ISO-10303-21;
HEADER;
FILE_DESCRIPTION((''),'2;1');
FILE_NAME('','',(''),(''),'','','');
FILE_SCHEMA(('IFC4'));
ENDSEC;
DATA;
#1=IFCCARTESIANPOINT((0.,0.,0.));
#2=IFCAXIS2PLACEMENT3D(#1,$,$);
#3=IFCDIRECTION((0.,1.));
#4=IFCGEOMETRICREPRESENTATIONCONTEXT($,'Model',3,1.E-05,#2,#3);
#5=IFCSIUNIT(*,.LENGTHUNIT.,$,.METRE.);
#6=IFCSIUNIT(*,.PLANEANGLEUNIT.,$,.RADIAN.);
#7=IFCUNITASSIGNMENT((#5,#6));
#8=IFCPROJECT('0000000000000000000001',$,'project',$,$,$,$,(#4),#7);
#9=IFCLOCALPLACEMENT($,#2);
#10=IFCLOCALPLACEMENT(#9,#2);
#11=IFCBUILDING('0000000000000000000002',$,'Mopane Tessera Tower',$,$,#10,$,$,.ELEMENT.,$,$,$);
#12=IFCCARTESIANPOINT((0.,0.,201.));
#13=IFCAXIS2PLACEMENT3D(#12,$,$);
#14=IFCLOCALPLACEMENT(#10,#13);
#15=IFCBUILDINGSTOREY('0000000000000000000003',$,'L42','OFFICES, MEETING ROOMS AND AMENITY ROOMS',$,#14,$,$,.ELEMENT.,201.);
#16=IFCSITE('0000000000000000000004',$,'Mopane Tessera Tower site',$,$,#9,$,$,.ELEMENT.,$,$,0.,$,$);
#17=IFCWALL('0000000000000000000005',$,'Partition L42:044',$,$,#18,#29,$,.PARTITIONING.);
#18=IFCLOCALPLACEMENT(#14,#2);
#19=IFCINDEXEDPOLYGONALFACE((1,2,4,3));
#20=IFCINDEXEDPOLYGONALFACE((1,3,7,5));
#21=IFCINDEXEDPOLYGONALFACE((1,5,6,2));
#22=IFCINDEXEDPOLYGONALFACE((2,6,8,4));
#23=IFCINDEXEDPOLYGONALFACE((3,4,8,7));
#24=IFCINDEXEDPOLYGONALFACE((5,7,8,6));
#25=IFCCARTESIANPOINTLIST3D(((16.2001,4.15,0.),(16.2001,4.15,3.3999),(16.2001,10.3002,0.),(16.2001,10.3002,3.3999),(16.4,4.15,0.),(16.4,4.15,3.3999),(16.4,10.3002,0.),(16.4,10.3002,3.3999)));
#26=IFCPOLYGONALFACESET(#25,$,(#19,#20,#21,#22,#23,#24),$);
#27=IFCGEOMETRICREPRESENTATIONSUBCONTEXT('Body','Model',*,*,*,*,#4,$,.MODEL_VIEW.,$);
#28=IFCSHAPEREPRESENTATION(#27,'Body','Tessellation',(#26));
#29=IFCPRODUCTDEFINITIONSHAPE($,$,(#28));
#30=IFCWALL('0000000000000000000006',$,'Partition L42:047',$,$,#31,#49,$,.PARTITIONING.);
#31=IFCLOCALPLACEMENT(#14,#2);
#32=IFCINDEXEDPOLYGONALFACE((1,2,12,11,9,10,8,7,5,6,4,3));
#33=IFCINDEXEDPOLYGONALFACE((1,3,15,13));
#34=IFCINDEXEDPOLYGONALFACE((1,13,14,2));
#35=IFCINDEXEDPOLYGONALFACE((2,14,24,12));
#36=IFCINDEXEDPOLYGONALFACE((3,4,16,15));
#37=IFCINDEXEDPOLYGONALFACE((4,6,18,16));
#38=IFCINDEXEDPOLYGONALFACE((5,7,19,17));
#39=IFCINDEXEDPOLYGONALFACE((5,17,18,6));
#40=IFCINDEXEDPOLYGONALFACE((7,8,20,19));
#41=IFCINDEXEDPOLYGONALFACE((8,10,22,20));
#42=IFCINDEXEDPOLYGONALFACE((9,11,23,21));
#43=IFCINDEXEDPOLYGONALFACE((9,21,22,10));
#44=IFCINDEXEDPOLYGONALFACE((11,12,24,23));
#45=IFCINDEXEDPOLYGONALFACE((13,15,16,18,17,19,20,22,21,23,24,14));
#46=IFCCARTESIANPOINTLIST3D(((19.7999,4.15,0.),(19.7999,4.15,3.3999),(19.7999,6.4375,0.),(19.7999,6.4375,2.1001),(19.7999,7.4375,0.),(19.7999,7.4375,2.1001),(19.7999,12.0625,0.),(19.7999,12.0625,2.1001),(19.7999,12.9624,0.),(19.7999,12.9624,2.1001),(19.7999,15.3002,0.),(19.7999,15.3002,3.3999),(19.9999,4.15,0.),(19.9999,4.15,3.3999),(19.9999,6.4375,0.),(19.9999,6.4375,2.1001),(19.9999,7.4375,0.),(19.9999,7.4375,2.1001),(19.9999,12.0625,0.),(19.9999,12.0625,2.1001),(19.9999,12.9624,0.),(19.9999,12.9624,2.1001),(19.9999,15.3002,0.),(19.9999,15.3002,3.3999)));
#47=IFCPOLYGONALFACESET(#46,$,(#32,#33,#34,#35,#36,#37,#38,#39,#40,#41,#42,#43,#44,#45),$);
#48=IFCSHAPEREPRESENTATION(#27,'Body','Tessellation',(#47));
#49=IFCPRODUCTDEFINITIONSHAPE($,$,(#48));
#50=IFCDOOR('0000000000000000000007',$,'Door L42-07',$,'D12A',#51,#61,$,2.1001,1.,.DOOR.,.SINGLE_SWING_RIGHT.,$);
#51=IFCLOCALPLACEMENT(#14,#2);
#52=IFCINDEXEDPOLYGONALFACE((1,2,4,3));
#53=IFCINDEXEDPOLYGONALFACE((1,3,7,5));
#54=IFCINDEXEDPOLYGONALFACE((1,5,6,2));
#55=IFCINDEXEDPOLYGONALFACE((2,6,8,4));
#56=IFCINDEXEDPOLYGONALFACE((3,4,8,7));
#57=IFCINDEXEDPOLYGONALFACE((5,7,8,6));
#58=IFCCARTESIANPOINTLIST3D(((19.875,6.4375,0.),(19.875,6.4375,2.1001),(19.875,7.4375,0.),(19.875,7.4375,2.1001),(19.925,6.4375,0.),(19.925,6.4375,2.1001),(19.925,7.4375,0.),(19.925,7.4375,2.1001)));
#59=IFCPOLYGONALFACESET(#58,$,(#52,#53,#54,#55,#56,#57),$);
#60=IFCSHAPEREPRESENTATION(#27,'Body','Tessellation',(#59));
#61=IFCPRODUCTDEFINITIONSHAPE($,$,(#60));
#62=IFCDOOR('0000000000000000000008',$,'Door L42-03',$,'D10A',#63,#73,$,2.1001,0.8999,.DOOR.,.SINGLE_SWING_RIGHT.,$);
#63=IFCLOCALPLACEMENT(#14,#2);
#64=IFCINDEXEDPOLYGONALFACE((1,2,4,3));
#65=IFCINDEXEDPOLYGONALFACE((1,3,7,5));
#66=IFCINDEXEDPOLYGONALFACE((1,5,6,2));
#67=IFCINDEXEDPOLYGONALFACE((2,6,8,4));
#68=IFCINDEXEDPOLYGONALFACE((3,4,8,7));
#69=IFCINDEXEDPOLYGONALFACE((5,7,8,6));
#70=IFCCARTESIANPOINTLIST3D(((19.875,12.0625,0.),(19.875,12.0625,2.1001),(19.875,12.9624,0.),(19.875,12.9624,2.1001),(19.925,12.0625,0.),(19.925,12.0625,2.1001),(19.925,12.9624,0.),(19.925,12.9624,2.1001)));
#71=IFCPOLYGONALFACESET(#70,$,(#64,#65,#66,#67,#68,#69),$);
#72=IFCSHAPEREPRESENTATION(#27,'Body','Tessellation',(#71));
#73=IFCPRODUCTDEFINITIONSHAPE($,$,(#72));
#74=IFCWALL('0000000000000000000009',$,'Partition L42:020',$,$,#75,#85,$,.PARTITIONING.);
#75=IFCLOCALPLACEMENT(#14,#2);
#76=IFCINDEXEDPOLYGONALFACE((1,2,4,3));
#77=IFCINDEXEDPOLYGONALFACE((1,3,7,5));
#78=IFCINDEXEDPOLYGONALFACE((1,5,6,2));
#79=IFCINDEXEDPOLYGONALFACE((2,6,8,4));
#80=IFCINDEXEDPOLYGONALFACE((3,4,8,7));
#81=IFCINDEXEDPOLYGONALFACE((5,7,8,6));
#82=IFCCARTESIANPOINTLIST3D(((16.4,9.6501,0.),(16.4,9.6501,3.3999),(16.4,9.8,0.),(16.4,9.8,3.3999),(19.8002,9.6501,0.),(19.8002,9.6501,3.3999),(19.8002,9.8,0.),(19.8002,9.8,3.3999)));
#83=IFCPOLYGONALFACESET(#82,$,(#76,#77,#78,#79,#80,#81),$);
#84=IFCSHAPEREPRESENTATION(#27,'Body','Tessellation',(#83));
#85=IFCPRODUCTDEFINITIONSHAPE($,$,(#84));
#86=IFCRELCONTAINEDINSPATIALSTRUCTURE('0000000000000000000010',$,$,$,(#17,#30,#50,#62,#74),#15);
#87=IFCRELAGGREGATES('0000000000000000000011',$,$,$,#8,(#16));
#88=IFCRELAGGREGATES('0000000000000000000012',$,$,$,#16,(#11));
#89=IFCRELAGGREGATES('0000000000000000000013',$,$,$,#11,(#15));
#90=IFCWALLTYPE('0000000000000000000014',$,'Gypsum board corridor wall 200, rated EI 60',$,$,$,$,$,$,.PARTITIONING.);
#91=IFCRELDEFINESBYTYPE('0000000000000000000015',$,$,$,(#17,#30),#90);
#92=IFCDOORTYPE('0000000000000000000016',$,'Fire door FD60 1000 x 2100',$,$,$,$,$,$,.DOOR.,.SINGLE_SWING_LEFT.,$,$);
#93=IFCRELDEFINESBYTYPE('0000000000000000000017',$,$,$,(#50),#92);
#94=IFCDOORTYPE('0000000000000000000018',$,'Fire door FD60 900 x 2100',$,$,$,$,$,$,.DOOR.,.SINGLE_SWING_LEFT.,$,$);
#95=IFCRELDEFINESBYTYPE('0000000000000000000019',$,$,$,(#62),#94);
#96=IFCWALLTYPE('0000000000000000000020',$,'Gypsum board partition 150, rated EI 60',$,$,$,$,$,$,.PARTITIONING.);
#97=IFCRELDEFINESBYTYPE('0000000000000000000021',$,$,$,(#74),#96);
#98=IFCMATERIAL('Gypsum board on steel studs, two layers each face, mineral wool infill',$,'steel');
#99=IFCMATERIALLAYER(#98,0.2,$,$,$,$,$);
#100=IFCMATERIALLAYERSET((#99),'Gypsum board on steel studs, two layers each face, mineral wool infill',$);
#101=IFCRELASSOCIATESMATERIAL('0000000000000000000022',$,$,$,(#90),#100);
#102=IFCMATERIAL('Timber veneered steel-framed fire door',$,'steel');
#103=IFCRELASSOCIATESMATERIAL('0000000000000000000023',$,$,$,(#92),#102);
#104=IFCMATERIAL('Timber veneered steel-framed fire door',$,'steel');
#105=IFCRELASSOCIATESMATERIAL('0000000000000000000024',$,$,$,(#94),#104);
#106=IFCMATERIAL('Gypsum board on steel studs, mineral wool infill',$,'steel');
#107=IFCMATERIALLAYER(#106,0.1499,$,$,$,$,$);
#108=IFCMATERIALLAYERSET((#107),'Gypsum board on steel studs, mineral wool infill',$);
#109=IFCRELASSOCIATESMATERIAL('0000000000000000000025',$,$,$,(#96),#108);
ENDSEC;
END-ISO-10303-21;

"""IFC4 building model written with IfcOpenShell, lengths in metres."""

from ifc_helpers import new_model, si_unit, direction, frame, frame_2d, origin, place, context, subcontext, project, spatial, rectangle, extrude, material, layer, layer_set, type_object, element, fill, save


model = new_model("IFC4")

# Units and contexts
model_context = context("Model", 3, precision=1e-05, world=origin(), true_north=direction((0.0, 1.0)))
body_context = subcontext(model_context, "Body", "Model", "MODEL_VIEW")
ifc_project = project(units=[si_unit("LENGTHUNIT", "METRE"), si_unit("PLANEANGLEUNIT", "RADIAN")], contexts=[model_context])

# Site, building, storey
site_placement = place(None, origin())
site = spatial("IfcSite", under=ifc_project, at=site_placement, Name="Mopane Tessera Tower site", CompositionType="ELEMENT", RefElevation=0.0)
building_placement = place(site_placement, origin())
building = spatial("IfcBuilding", under=site, at=building_placement, Name="Mopane Tessera Tower", CompositionType="ELEMENT")
storey_placement = place(building_placement, frame((0.0, 0.0, 201.0)))
storey = spatial("IfcBuildingStorey", under=building, at=storey_placement, Name="L42", Description="OFFICES, MEETING ROOMS AND AMENITY ROOMS", CompositionType="ELEMENT", Elevation=201.0)

# Wall
ifc_material_1 = material(Name="Gypsum board on steel studs, two layers each face, mineral wool infill", Category="steel")
ifc_layer_1 = layer(ifc_material_1, 0.2)
ifc_layer_set_1 = layer_set([ifc_layer_1], Name="Gypsum board on steel studs, two layers each face, mineral wool infill")
wall_type_1 = type_object("IfcWallType", Name="Gypsum board corridor wall 200, rated EI 60", PredefinedType="PARTITIONING", material=ifc_layer_set_1)
wall_1_placement = place(storey_placement, frame((16.3, 4.1499, 0.0), z_axis=(0.0, 0.0, 1.0), x_axis=(0.0, 1.0, 0.0)))
element("IfcWall", 1, at=wall_1_placement, inside=storey, type_object=wall_type_1, Name="Partition L42:044", PredefinedType="PARTITIONING", context=body_context, shape_type="SweptSolid", body=[
    extrude(rectangle(XDim=6.1501, YDim=0.2, at=frame_2d((3.0752, 0.0))), origin(), (0.0, 0.0, 1.0), 3.3999),
])

# Wall, openings, doors
wall_2_placement = place(storey_placement, frame((19.8999, 4.1499, 0.0), z_axis=(0.0, 0.0, 1.0), x_axis=(0.0, 1.0, 0.0)))
wall_2 = element("IfcWall", 2, at=wall_2_placement, inside=storey, type_object=wall_type_1, Name="Partition L42:047", PredefinedType="PARTITIONING", context=body_context, shape_type="SweptSolid", body=[
    extrude(rectangle(XDim=11.1501, YDim=0.2, at=frame_2d((5.5752, 0.0))), origin(), (0.0, 0.0, 1.0), 3.3999),
])
opening_1_placement = place(wall_2_placement, frame((7.9126, 0.0, 0.0)))
opening_1 = element("IfcOpeningElement", 3, at=opening_1_placement, cuts=wall_2, PredefinedType="OPENING", context=body_context, shape_type="SweptSolid", body=[
    extrude(rectangle(XDim=0.8999, YDim=2.1001, at=frame_2d((0.45, 1.05))), frame((0.0, 0.1121, 0.0), z_axis=(0.0, -1.0, 0.0), x_axis=(1.0, 0.0, 0.0)), (0.0, 0.0, 1.0), 0.2239),
])
opening_2_placement = place(wall_2_placement, frame((2.2876, 0.0, 0.0)))
opening_2 = element("IfcOpeningElement", 4, at=opening_2_placement, cuts=wall_2, PredefinedType="OPENING", context=body_context, shape_type="SweptSolid", body=[
    extrude(rectangle(XDim=1.0, YDim=2.1001, at=frame_2d((0.5, 1.05))), frame((0.0, 0.1121, 0.0), z_axis=(0.0, -1.0, 0.0), x_axis=(1.0, 0.0, 0.0)), (0.0, 0.0, 1.0), 0.2239),
])
ifc_material_2 = material(Name="Timber veneered steel-framed fire door", Category="steel")
door_type_1 = type_object("IfcDoorType", Name="Fire door FD60 1000 x 2100", OperationType="SINGLE_SWING_LEFT", PredefinedType="DOOR", material=ifc_material_2)
door_1_placement = place(opening_2_placement, origin())
door_1 = element("IfcDoor", 5, at=door_1_placement, inside=storey, type_object=door_type_1, Name="Door L42-07", ObjectType="D12A", OperationType="SINGLE_SWING_RIGHT", OverallHeight=2.1001, OverallWidth=1.0, PredefinedType="DOOR", context=body_context, shape_type="SweptSolid", body=[
    extrude(rectangle(XDim=1.0, YDim=2.1001, at=frame_2d((0.5, 1.05))), frame((0.0, 0.0249, 0.0), z_axis=(0.0, -1.0, 0.0), x_axis=(1.0, 0.0, 0.0)), (0.0, 0.0, 1.0), 0.05),
])
fill(opening_2, door_1)
ifc_material_3 = material(Name="Timber veneered steel-framed fire door", Category="steel")
door_type_2 = type_object("IfcDoorType", Name="Fire door FD60 900 x 2100", OperationType="SINGLE_SWING_LEFT", PredefinedType="DOOR", material=ifc_material_3)
door_2_placement = place(opening_1_placement, origin())
door_2 = element("IfcDoor", 6, at=door_2_placement, inside=storey, type_object=door_type_2, Name="Door L42-03", ObjectType="D10A", OperationType="SINGLE_SWING_RIGHT", OverallHeight=2.1001, OverallWidth=0.8999, PredefinedType="DOOR", context=body_context, shape_type="SweptSolid", body=[
    extrude(rectangle(XDim=0.8999, YDim=2.1001, at=frame_2d((0.45, 1.05))), frame((0.0, 0.0249, 0.0), z_axis=(0.0, -1.0, 0.0), x_axis=(1.0, 0.0, 0.0)), (0.0, 0.0, 1.0), 0.05),
])
fill(opening_1, door_2)

# Wall
ifc_material_4 = material(Name="Gypsum board on steel studs, mineral wool infill", Category="steel")
ifc_layer_2 = layer(ifc_material_4, 0.1499)
ifc_layer_set_2 = layer_set([ifc_layer_2], Name="Gypsum board on steel studs, mineral wool infill")
wall_type_2 = type_object("IfcWallType", Name="Gypsum board partition 150, rated EI 60", PredefinedType="PARTITIONING", material=ifc_layer_set_2)
wall_3_placement = place(storey_placement, frame((16.3999, 9.7251, 0.0), z_axis=(0.0, 0.0, 1.0), x_axis=(1.0, 0.0, 0.0)))
element("IfcWall", 7, at=wall_3_placement, inside=storey, type_object=wall_type_2, Name="Partition L42:020", PredefinedType="PARTITIONING", context=body_context, shape_type="SweptSolid", body=[
    extrude(rectangle(XDim=3.4001, YDim=0.1499, at=frame_2d((1.7002, 0.0))), origin(), (0.0, 0.0, 1.0), 3.3999),
])

save(model, "model.ifc")
